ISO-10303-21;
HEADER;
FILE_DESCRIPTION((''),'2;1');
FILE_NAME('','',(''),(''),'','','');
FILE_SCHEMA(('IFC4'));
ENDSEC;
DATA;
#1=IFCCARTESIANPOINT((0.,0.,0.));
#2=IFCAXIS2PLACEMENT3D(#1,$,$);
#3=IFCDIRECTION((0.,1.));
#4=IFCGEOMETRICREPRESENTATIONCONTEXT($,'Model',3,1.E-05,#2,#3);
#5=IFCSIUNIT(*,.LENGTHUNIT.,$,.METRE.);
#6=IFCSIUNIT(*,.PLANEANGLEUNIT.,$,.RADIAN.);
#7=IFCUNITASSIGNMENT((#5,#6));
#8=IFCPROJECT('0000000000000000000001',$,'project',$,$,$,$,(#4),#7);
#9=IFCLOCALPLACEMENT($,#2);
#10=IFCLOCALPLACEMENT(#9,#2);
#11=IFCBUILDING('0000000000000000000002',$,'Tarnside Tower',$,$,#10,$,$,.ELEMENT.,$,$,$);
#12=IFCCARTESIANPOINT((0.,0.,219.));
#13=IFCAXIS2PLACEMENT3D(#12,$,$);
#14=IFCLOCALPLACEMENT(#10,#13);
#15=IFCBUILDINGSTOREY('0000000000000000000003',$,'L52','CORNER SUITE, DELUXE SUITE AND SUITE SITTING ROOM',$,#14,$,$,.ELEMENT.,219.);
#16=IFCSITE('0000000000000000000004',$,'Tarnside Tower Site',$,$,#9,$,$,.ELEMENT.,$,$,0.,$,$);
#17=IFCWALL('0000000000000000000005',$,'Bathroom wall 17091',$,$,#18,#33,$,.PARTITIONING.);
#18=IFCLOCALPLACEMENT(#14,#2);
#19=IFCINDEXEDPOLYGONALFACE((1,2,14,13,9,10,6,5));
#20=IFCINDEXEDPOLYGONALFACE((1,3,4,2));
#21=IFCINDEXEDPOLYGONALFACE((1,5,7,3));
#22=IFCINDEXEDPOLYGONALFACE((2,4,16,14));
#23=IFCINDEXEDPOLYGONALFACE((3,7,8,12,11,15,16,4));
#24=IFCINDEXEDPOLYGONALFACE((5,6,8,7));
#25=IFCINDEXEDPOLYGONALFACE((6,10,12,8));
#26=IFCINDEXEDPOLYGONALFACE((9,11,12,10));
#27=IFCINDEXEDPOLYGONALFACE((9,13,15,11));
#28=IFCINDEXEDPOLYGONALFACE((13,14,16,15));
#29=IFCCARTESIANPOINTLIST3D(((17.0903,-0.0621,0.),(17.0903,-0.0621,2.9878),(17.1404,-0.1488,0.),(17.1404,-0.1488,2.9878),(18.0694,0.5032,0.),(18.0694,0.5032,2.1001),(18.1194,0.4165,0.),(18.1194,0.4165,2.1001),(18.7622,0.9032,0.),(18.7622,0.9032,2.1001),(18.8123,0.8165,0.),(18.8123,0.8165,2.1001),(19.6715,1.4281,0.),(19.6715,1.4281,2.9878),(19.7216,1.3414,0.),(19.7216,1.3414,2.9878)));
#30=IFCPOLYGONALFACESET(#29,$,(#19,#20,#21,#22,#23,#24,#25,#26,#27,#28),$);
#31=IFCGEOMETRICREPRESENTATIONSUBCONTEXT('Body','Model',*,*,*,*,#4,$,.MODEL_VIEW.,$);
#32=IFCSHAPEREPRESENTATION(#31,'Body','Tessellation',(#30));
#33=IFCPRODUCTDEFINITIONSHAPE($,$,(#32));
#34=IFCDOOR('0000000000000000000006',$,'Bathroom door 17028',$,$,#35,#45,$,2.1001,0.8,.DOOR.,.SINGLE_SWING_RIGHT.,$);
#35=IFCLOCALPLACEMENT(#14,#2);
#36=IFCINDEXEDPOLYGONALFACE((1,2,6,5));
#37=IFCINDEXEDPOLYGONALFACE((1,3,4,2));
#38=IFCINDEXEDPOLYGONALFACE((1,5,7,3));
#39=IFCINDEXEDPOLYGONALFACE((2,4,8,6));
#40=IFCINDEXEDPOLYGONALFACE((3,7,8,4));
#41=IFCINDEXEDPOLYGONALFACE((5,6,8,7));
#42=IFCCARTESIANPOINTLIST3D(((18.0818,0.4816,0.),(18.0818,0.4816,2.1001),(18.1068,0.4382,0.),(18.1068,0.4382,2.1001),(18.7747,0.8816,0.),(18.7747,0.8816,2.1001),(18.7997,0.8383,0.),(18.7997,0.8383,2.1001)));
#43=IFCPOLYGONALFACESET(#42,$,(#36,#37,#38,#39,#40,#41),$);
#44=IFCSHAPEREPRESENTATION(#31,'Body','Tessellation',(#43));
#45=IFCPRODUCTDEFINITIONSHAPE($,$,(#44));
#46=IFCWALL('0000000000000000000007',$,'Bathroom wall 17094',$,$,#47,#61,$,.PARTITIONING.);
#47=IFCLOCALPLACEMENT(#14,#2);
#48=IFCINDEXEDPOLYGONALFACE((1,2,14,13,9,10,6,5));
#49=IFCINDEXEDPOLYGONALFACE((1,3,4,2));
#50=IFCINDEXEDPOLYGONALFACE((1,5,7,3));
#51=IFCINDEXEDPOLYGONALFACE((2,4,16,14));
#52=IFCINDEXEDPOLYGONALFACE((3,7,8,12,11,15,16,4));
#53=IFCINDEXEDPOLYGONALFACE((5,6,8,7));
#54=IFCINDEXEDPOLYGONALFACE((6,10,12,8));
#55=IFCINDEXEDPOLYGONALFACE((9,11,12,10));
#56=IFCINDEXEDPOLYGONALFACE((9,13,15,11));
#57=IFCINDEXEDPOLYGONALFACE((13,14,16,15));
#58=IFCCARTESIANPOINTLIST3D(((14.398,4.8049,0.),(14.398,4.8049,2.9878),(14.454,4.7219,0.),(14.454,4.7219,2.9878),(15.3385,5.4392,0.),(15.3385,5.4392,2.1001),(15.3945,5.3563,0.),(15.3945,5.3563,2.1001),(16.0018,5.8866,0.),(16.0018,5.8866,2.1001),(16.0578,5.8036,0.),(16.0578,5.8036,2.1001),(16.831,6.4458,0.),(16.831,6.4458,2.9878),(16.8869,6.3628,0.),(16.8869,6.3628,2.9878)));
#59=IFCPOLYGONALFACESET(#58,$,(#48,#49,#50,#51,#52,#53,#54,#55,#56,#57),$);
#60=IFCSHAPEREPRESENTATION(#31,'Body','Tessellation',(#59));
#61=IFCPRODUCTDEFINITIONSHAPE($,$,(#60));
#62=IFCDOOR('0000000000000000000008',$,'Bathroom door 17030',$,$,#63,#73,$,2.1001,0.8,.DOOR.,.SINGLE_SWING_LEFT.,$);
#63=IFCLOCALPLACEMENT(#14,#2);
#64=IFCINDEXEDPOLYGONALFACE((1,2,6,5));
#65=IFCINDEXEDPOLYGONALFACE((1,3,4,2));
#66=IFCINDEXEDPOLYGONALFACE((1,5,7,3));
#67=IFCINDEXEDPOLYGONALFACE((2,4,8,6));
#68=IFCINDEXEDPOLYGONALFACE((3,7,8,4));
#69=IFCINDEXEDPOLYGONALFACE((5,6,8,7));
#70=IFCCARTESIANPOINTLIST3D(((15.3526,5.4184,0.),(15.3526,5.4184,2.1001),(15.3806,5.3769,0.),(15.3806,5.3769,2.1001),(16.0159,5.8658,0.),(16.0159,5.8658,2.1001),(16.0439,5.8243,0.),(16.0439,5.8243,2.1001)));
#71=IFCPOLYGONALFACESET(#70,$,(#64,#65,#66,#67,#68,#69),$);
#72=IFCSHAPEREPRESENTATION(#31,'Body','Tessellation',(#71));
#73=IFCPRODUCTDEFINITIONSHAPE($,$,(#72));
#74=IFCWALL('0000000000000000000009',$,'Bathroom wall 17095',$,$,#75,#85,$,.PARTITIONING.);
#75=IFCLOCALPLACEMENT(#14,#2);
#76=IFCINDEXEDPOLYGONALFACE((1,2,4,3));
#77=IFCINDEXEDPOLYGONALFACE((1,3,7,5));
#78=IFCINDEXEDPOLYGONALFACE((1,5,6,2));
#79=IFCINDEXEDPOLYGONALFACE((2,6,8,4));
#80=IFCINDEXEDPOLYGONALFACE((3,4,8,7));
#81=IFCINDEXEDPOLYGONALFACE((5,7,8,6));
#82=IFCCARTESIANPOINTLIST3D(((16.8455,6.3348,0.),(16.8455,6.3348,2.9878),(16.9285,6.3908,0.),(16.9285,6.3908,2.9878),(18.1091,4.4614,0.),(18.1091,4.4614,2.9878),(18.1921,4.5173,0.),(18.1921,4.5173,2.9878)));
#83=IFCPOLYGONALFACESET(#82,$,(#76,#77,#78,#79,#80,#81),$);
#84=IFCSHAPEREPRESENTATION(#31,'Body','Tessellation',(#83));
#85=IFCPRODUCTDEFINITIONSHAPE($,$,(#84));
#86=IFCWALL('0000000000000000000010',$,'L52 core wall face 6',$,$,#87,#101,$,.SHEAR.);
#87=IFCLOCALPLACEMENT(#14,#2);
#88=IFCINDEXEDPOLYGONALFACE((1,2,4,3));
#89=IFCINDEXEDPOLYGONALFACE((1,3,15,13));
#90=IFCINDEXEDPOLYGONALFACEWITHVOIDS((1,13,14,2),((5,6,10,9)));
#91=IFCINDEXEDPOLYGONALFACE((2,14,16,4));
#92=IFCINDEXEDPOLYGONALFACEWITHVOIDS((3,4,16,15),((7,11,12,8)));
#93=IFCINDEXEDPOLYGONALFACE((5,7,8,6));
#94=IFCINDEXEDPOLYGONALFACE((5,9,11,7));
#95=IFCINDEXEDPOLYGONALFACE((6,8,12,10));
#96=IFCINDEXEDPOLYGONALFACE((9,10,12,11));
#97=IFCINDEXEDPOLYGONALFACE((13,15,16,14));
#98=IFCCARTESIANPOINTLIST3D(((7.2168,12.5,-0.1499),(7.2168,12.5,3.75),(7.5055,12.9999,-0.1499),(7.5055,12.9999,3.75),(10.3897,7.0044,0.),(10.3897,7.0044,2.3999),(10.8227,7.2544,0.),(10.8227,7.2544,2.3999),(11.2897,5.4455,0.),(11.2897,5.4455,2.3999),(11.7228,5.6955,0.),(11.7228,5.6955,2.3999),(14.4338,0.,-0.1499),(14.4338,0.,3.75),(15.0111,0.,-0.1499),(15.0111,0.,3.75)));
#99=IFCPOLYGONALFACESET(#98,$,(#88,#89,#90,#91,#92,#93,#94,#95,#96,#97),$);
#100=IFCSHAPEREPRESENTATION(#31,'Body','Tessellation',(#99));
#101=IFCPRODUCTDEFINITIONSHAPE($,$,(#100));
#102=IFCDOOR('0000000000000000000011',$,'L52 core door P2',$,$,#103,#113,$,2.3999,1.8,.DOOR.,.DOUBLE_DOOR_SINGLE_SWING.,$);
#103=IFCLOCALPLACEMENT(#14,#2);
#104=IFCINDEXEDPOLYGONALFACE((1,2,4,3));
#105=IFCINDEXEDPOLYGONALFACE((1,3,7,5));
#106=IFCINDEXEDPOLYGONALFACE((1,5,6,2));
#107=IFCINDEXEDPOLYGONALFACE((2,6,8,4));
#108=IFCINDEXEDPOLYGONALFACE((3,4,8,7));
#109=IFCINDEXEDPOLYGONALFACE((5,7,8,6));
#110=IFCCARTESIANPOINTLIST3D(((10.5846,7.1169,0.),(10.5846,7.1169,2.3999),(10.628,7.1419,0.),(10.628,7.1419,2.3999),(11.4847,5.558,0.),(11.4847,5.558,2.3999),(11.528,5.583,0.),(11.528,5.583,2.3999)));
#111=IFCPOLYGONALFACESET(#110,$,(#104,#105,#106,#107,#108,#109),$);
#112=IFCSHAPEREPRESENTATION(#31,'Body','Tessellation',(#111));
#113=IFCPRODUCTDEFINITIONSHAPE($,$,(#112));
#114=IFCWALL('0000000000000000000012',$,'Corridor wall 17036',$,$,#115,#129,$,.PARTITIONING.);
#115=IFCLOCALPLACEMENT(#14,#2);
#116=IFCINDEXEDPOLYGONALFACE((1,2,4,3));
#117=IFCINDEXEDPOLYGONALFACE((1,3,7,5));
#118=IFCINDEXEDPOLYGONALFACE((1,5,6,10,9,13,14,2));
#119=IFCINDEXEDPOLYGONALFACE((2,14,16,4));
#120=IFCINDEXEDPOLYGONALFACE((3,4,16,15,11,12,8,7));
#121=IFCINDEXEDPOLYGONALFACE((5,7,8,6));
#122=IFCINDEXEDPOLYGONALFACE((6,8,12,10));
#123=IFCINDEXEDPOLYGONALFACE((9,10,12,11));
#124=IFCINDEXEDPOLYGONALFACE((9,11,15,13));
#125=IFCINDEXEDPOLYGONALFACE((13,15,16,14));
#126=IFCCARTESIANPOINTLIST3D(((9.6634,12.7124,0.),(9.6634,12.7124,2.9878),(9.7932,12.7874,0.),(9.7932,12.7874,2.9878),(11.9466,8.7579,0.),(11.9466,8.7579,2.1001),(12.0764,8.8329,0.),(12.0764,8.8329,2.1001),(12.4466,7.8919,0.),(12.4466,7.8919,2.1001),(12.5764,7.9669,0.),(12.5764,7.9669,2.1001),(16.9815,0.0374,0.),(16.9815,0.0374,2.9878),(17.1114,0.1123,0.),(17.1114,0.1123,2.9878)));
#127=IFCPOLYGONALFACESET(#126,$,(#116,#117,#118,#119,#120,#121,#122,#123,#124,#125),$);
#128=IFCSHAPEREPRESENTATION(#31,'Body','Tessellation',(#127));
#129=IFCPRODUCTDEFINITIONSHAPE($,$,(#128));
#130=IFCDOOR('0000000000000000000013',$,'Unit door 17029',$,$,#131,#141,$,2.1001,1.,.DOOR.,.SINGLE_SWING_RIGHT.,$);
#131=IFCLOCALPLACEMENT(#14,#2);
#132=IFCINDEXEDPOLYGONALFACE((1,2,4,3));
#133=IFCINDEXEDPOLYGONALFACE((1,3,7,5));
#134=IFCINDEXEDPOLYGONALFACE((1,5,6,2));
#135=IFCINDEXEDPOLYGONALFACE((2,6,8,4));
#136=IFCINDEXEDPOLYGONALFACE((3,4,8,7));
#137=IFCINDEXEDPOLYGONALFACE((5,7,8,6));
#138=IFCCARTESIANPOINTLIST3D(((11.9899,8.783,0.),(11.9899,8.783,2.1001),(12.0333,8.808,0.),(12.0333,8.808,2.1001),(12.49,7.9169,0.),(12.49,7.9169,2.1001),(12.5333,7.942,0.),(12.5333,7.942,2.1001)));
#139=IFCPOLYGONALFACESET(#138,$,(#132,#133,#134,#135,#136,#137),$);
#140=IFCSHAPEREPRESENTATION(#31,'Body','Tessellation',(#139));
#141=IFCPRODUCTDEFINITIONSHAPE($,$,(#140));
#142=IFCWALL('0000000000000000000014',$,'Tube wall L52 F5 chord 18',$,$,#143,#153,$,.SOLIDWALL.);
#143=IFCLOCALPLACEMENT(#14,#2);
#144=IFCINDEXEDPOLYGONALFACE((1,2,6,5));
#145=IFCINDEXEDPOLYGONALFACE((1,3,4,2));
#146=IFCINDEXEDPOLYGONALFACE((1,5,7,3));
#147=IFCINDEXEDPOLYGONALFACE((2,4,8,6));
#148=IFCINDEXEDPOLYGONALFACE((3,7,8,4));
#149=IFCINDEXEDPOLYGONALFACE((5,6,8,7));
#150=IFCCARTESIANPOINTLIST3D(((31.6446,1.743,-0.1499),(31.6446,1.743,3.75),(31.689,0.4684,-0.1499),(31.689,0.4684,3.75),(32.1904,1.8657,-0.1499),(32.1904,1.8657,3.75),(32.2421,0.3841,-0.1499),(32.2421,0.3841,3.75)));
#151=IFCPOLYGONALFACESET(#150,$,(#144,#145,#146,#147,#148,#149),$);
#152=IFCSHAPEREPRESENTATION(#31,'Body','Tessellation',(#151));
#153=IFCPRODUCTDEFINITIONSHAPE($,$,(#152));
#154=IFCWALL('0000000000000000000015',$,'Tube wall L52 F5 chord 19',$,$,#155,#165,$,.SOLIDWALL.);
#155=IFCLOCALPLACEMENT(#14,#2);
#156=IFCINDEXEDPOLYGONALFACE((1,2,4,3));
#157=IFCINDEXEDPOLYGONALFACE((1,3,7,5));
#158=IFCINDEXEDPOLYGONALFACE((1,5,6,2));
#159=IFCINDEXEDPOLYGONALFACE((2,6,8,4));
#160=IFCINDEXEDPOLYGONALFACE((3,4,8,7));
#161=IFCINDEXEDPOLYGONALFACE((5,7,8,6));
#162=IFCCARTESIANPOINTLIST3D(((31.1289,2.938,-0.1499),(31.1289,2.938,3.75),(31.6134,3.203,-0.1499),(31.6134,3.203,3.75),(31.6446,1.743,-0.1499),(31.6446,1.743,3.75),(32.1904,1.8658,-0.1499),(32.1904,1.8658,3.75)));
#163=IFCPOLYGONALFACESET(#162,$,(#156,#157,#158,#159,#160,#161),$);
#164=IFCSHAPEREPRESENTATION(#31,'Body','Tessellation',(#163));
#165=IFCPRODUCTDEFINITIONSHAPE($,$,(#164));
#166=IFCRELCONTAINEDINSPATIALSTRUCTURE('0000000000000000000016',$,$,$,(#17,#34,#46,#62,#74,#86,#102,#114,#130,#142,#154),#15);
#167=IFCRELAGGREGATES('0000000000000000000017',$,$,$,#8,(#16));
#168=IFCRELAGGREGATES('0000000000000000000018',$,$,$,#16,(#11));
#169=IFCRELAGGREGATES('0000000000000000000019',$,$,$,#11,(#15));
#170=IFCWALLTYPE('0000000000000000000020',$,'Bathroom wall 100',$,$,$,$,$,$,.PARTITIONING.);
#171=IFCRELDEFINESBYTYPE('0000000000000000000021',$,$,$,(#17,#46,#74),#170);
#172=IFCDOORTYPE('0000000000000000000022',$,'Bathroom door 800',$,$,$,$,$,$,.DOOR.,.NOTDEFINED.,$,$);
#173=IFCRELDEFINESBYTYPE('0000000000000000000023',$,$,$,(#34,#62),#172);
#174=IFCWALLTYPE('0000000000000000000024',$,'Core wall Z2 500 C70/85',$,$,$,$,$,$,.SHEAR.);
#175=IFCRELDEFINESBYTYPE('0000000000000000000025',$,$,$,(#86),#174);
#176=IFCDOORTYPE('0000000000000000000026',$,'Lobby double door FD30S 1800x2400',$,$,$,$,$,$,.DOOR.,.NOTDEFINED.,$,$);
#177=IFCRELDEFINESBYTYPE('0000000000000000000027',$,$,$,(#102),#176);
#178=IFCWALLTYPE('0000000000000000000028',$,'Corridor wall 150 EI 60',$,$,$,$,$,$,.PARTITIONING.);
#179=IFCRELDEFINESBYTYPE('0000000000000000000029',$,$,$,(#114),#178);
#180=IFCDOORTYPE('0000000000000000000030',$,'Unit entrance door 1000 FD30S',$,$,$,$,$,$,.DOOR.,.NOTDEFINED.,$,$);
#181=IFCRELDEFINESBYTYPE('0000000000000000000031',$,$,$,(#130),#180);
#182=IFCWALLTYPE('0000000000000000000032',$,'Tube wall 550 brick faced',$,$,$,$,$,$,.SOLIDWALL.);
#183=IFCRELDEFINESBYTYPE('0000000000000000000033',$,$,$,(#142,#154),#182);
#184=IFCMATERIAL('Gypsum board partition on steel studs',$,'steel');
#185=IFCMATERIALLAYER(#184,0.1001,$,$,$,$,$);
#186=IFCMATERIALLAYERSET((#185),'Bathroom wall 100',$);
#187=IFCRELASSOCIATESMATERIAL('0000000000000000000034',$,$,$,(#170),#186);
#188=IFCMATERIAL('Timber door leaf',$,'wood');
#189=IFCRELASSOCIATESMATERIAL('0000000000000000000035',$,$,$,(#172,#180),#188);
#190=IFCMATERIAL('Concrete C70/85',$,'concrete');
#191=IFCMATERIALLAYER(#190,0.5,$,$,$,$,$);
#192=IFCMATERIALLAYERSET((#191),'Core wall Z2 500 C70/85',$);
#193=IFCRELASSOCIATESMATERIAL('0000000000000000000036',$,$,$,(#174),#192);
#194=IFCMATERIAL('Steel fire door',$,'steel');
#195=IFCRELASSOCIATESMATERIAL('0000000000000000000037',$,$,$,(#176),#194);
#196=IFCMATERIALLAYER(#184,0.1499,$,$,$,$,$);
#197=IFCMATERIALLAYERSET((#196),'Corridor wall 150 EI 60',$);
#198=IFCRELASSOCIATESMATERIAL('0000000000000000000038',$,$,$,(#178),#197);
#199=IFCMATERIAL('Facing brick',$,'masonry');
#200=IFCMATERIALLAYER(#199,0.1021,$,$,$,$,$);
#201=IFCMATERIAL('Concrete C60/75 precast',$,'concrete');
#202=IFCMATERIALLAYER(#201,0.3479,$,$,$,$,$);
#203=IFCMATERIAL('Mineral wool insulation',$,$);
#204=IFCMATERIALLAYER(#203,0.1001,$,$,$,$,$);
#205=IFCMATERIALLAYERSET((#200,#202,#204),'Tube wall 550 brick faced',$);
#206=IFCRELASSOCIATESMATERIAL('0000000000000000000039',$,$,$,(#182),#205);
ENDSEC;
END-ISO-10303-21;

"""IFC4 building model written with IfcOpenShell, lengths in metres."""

from ifc_helpers import new_model, si_unit, direction, frame, frame_2d, origin, place, context, subcontext, project, spatial, polyline, rectangle, outline, extrude, material, layer, layer_set, type_object, element, fill, save


model = new_model("IFC4")

# Units and contexts
model_context = context("Model", 3, precision=1e-05, world=origin(), true_north=direction((0.0, 1.0)))
body_context = subcontext(model_context, "Body", "Model", "MODEL_VIEW")
ifc_project = project(units=[si_unit("LENGTHUNIT", "METRE"), si_unit("PLANEANGLEUNIT", "RADIAN")], contexts=[model_context])

# Site, building, storey
site_placement = place(None, origin())
site = spatial("IfcSite", under=ifc_project, at=site_placement, Name="Tarnside Tower Site", CompositionType="ELEMENT", RefElevation=0.0)
building_placement = place(site_placement, origin())
building = spatial("IfcBuilding", under=site, at=building_placement, Name="Tarnside Tower", CompositionType="ELEMENT")
storey_placement = place(building_placement, frame((0.0, 0.0, 219.0)))
storey = spatial("IfcBuildingStorey", under=building, at=storey_placement, Name="L52", Description="CORNER SUITE, DELUXE SUITE AND SUITE SITTING ROOM", CompositionType="ELEMENT", Elevation=219.0)

# Shared definitions
ifc_material_1 = material(Name="Gypsum board partition on steel studs", Category="steel")
ifc_layer_1 = layer(ifc_material_1, 0.1001)
ifc_layer_set_1 = layer_set([ifc_layer_1], Name="Bathroom wall 100")
wall_type_1 = type_object("IfcWallType", Name="Bathroom wall 100", PredefinedType="PARTITIONING", material=ifc_layer_set_1)

# Walls, openings, doors
wall_1_placement = place(storey_placement, frame((19.6965, 1.3848, 0.0), z_axis=(0.0, 0.0, 1.0), x_axis=(-0.866037, -0.49998, 0.0)))
wall_1 = element("IfcWall", 1, at=wall_1_placement, inside=storey, type_object=wall_type_1, Name="Bathroom wall 17091", PredefinedType="PARTITIONING", context=body_context, shape_type="SweptSolid", body=[
    extrude(rectangle(XDim=2.9805, YDim=0.1001, at=frame_2d((1.4902, 0.0))), origin(), (0.0, 0.0, 1.0), 2.9878),
])
opening_1_placement = place(wall_1_placement, frame((1.05, 0.0, 0.0)))
opening_1 = element("IfcOpeningElement", 2, at=opening_1_placement, cuts=wall_1, PredefinedType="OPENING", context=body_context, shape_type="SweptSolid", body=[
    extrude(rectangle(XDim=0.8, YDim=2.1001, at=frame_2d((0.3999, 1.05))), frame((0.0, 0.0601, 0.0), z_axis=(0.0, -1.0, 0.0), x_axis=(1.0, 0.0, 0.0)), (0.0, 0.0, 1.0), 0.1201),
])
ifc_material_2 = material(Name="Timber door leaf", Category="wood")
door_type_1 = type_object("IfcDoorType", Name="Bathroom door 800", OperationType="NOTDEFINED", PredefinedType="DOOR", material=ifc_material_2)
door_1_placement = place(opening_1_placement, origin())
door_1 = element("IfcDoor", 3, at=door_1_placement, inside=storey, type_object=door_type_1, Name="Bathroom door 17028", OperationType="SINGLE_SWING_RIGHT", OverallHeight=2.1001, OverallWidth=0.8, PredefinedType="DOOR", context=body_context, shape_type="SweptSolid", body=[
    extrude(rectangle(XDim=0.8, YDim=2.1001, at=frame_2d((0.3999, 1.05))), frame((0.0, 0.0249, 0.0), z_axis=(0.0, -1.0, 0.0), x_axis=(1.0, 0.0, 0.0)), (0.0, 0.0, 1.0), 0.05),
])
fill(opening_1, door_1)
wall_2_placement = place(storey_placement, frame((14.426, 4.7634, 0.0), z_axis=(0.0, 0.0, 1.0), x_axis=(0.829056, 0.559166, 0.0)))
wall_2 = element("IfcWall", 4, at=wall_2_placement, inside=storey, type_object=wall_type_1, Name="Bathroom wall 17094", PredefinedType="PARTITIONING", context=body_context, shape_type="SweptSolid", body=[
    extrude(rectangle(XDim=2.9346, YDim=0.1001, at=frame_2d((1.4673, 0.0))), origin(), (0.0, 0.0, 1.0), 2.9878),
])
opening_2_placement = place(wall_2_placement, frame((1.1345, 0.0, 0.0)))
opening_2 = element("IfcOpeningElement", 5, at=opening_2_placement, cuts=wall_2, PredefinedType="OPENING", context=body_context, shape_type="SweptSolid", body=[
    extrude(rectangle(XDim=0.8, YDim=2.1001, at=frame_2d((0.3999, 1.05))), frame((0.0, 0.0601, 0.0), z_axis=(0.0, -1.0, 0.0), x_axis=(1.0, 0.0, 0.0)), (0.0, 0.0, 1.0), 0.1201),
])
door_2_placement = place(opening_2_placement, origin())
door_2 = element("IfcDoor", 6, at=door_2_placement, inside=storey, type_object=door_type_1, Name="Bathroom door 17030", OperationType="SINGLE_SWING_LEFT", OverallHeight=2.1001, OverallWidth=0.8, PredefinedType="DOOR", context=body_context, shape_type="SweptSolid", body=[
    extrude(rectangle(XDim=0.8, YDim=2.1001, at=frame_2d((0.3999, 1.05))), frame((0.0, 0.0249, 0.0), z_axis=(0.0, -1.0, 0.0), x_axis=(1.0, 0.0, 0.0)), (0.0, 0.0, 1.0), 0.05),
])
fill(opening_2, door_2)

# Wall
wall_3_placement = place(storey_placement, frame((16.887, 6.3628, 0.0), z_axis=(0.0, 0.0, 1.0), x_axis=(0.55918, -0.829047, 0.0)))
element("IfcWall", 7, at=wall_3_placement, inside=storey, type_object=wall_type_1, Name="Bathroom wall 17095", PredefinedType="PARTITIONING", context=body_context, shape_type="SweptSolid", body=[
    extrude(rectangle(XDim=2.2598, YDim=0.1001, at=frame_2d((1.1299, 0.0))), origin(), (0.0, 0.0, 1.0), 2.9878),
])

# Walls, openings, doors
ifc_material_3 = material(Name="Concrete C70/85", Category="concrete")
ifc_layer_2 = layer(ifc_material_3, 0.5)
ifc_layer_set_2 = layer_set([ifc_layer_2], Name="Core wall Z2 500 C70/85")
wall_type_2 = type_object("IfcWallType", Name="Core wall Z2 500 C70/85", PredefinedType="SHEAR", material=ifc_layer_set_2)
wall_4_placement = place(storey_placement, frame((14.7224, 0.0, -0.1499), z_axis=(0.0, 0.0, 1.0), x_axis=(-0.500006, 0.866022, 0.0)))
wall_4 = element("IfcWall", 8, at=wall_4_placement, inside=storey, type_object=wall_type_2, Name="L52 core wall face 6", PredefinedType="SHEAR", context=body_context, shape_type="SweptSolid", body=[
    extrude(outline(polyline([(-0.1443, -0.25), (14.8667, -0.25), (14.5781, 0.25), (0.1443, 0.25), (-0.1443, -0.25)])), origin(), (0.0, 0.0, 1.0), 3.8999),
])
opening_3_placement = place(wall_4_placement, frame((6.4324, 0.0, 0.1499)))
opening_3 = element("IfcOpeningElement", 9, at=opening_3_placement, cuts=wall_4, PredefinedType="OPENING", context=body_context, shape_type="SweptSolid", body=[
    extrude(rectangle(XDim=1.8, YDim=2.3999, at=frame_2d((0.8999, 1.2))), frame((0.0, 0.26, 0.0), z_axis=(0.0, -1.0, 0.0), x_axis=(1.0, 0.0, 0.0)), (0.0, 0.0, 1.0), 0.52),
])
ifc_material_4 = material(Name="Steel fire door", Category="steel")
door_type_2 = type_object("IfcDoorType", Name="Lobby double door FD30S 1800x2400", OperationType="NOTDEFINED", PredefinedType="DOOR", material=ifc_material_4)
door_3_placement = place(opening_3_placement, origin())
door_3 = element("IfcDoor", 10, at=door_3_placement, inside=storey, type_object=door_type_2, Name="L52 core door P2", OperationType="DOUBLE_DOOR_SINGLE_SWING", OverallHeight=2.3999, OverallWidth=1.8, PredefinedType="DOOR", context=body_context, shape_type="SweptSolid", body=[
    extrude(rectangle(XDim=1.8, YDim=2.3999, at=frame_2d((0.8999, 1.2))), frame((0.0, 0.0249, 0.0), z_axis=(0.0, -1.0, 0.0), x_axis=(1.0, 0.0, 0.0)), (0.0, 0.0, 1.0), 0.05),
])
fill(opening_3, door_3)
ifc_layer_3 = layer(ifc_material_1, 0.1499)
ifc_layer_set_3 = layer_set([ifc_layer_3], Name="Corridor wall 150 EI 60")
wall_type_3 = type_object("IfcWallType", Name="Corridor wall 150 EI 60", PredefinedType="PARTITIONING", material=ifc_layer_set_3)
wall_5_placement = place(storey_placement, frame((17.0464, 0.075, 0.0), z_axis=(0.0, 0.0, 1.0), x_axis=(-0.500009, 0.86602, 0.0)))
wall_5 = element("IfcWall", 11, at=wall_5_placement, inside=storey, type_object=wall_type_3, Name="Corridor wall 17036", PredefinedType="PARTITIONING", context=body_context, shape_type="SweptSolid", body=[
    extrude(rectangle(XDim=14.636, YDim=0.1499, at=frame_2d((7.3179, 0.0))), origin(), (0.0, 0.0, 1.0), 2.9878),
])
opening_4_placement = place(wall_5_placement, frame((9.0696, 0.0, 0.0)))
opening_4 = element("IfcOpeningElement", 12, at=opening_4_placement, cuts=wall_5, PredefinedType="OPENING", context=body_context, shape_type="SweptSolid", body=[
    extrude(rectangle(XDim=1.0, YDim=2.1001, at=frame_2d((0.5, 1.05))), frame((0.0, 0.085, 0.0), z_axis=(0.0, -1.0, 0.0), x_axis=(1.0, 0.0, 0.0)), (0.0, 0.0, 1.0), 0.1699),
])
door_type_3 = type_object("IfcDoorType", Name="Unit entrance door 1000 FD30S", OperationType="NOTDEFINED", PredefinedType="DOOR", material=ifc_material_2)
door_4_placement = place(opening_4_placement, origin())
door_4 = element("IfcDoor", 13, at=door_4_placement, inside=storey, type_object=door_type_3, Name="Unit door 17029", OperationType="SINGLE_SWING_RIGHT", OverallHeight=2.1001, OverallWidth=1.0, PredefinedType="DOOR", context=body_context, shape_type="SweptSolid", body=[
    extrude(rectangle(XDim=1.0, YDim=2.1001, at=frame_2d((0.5, 1.05))), frame((0.0, 0.0249, 0.0), z_axis=(0.0, -1.0, 0.0), x_axis=(1.0, 0.0, 0.0)), (0.0, 0.0, 1.0), 0.05),
])
fill(opening_4, door_4)

# Walls
ifc_material_5 = material(Name="Facing brick", Category="masonry")
ifc_layer_4 = layer(ifc_material_5, 0.1021)
ifc_material_6 = material(Name="Concrete C60/75 precast", Category="concrete")
ifc_layer_5 = layer(ifc_material_6, 0.3479)
ifc_material_7 = material(Name="Mineral wool insulation")
ifc_layer_6 = layer(ifc_material_7, 0.1001)
ifc_layer_set_4 = layer_set([ifc_layer_4, ifc_layer_5, ifc_layer_6], Name="Tube wall 550 brick faced")
wall_type_4 = type_object("IfcWallType", Name="Tube wall 550 brick faced", PredefinedType="SOLIDWALL", material=ifc_layer_set_4)
wall_6_placement = place(storey_placement, frame((31.9656, 0.4263, -0.1499), z_axis=(0.0, 0.0, 1.0), x_axis=(-0.034877, 0.999392, 0.0)))
element("IfcWall", 14, at=wall_6_placement, inside=storey, type_object=wall_type_4, Name="Tube wall L52 F5 chord 18", PredefinedType="SOLIDWALL", context=body_context, shape_type="SweptSolid", body=[
    extrude(outline(polyline([(-0.0518, -0.2749), (1.4307, -0.2749), (1.3271, 0.2749), (0.0518, 0.2749), (-0.0518, -0.2749)])), origin(), (0.0, 0.0, 1.0), 3.8999),
])
wall_7_placement = place(storey_placement, frame((31.9175, 1.8044, -0.1499), z_axis=(0.0, 0.0, 1.0), x_axis=(-0.396226, 0.918153, 0.0)))
element("IfcWall", 15, at=wall_7_placement, inside=storey, type_object=wall_type_4, Name="Tube wall L52 F5 chord 19", PredefinedType="SOLIDWALL", context=body_context, shape_type="SweptSolid", body=[
    extrude(outline(polyline([(-0.0518, -0.2749), (1.4045, -0.2749), (1.3533, 0.2749), (0.0518, 0.2749), (-0.0518, -0.2749)])), origin(), (0.0, 0.0, 1.0), 3.8999),
])

save(model, "model.ifc")
